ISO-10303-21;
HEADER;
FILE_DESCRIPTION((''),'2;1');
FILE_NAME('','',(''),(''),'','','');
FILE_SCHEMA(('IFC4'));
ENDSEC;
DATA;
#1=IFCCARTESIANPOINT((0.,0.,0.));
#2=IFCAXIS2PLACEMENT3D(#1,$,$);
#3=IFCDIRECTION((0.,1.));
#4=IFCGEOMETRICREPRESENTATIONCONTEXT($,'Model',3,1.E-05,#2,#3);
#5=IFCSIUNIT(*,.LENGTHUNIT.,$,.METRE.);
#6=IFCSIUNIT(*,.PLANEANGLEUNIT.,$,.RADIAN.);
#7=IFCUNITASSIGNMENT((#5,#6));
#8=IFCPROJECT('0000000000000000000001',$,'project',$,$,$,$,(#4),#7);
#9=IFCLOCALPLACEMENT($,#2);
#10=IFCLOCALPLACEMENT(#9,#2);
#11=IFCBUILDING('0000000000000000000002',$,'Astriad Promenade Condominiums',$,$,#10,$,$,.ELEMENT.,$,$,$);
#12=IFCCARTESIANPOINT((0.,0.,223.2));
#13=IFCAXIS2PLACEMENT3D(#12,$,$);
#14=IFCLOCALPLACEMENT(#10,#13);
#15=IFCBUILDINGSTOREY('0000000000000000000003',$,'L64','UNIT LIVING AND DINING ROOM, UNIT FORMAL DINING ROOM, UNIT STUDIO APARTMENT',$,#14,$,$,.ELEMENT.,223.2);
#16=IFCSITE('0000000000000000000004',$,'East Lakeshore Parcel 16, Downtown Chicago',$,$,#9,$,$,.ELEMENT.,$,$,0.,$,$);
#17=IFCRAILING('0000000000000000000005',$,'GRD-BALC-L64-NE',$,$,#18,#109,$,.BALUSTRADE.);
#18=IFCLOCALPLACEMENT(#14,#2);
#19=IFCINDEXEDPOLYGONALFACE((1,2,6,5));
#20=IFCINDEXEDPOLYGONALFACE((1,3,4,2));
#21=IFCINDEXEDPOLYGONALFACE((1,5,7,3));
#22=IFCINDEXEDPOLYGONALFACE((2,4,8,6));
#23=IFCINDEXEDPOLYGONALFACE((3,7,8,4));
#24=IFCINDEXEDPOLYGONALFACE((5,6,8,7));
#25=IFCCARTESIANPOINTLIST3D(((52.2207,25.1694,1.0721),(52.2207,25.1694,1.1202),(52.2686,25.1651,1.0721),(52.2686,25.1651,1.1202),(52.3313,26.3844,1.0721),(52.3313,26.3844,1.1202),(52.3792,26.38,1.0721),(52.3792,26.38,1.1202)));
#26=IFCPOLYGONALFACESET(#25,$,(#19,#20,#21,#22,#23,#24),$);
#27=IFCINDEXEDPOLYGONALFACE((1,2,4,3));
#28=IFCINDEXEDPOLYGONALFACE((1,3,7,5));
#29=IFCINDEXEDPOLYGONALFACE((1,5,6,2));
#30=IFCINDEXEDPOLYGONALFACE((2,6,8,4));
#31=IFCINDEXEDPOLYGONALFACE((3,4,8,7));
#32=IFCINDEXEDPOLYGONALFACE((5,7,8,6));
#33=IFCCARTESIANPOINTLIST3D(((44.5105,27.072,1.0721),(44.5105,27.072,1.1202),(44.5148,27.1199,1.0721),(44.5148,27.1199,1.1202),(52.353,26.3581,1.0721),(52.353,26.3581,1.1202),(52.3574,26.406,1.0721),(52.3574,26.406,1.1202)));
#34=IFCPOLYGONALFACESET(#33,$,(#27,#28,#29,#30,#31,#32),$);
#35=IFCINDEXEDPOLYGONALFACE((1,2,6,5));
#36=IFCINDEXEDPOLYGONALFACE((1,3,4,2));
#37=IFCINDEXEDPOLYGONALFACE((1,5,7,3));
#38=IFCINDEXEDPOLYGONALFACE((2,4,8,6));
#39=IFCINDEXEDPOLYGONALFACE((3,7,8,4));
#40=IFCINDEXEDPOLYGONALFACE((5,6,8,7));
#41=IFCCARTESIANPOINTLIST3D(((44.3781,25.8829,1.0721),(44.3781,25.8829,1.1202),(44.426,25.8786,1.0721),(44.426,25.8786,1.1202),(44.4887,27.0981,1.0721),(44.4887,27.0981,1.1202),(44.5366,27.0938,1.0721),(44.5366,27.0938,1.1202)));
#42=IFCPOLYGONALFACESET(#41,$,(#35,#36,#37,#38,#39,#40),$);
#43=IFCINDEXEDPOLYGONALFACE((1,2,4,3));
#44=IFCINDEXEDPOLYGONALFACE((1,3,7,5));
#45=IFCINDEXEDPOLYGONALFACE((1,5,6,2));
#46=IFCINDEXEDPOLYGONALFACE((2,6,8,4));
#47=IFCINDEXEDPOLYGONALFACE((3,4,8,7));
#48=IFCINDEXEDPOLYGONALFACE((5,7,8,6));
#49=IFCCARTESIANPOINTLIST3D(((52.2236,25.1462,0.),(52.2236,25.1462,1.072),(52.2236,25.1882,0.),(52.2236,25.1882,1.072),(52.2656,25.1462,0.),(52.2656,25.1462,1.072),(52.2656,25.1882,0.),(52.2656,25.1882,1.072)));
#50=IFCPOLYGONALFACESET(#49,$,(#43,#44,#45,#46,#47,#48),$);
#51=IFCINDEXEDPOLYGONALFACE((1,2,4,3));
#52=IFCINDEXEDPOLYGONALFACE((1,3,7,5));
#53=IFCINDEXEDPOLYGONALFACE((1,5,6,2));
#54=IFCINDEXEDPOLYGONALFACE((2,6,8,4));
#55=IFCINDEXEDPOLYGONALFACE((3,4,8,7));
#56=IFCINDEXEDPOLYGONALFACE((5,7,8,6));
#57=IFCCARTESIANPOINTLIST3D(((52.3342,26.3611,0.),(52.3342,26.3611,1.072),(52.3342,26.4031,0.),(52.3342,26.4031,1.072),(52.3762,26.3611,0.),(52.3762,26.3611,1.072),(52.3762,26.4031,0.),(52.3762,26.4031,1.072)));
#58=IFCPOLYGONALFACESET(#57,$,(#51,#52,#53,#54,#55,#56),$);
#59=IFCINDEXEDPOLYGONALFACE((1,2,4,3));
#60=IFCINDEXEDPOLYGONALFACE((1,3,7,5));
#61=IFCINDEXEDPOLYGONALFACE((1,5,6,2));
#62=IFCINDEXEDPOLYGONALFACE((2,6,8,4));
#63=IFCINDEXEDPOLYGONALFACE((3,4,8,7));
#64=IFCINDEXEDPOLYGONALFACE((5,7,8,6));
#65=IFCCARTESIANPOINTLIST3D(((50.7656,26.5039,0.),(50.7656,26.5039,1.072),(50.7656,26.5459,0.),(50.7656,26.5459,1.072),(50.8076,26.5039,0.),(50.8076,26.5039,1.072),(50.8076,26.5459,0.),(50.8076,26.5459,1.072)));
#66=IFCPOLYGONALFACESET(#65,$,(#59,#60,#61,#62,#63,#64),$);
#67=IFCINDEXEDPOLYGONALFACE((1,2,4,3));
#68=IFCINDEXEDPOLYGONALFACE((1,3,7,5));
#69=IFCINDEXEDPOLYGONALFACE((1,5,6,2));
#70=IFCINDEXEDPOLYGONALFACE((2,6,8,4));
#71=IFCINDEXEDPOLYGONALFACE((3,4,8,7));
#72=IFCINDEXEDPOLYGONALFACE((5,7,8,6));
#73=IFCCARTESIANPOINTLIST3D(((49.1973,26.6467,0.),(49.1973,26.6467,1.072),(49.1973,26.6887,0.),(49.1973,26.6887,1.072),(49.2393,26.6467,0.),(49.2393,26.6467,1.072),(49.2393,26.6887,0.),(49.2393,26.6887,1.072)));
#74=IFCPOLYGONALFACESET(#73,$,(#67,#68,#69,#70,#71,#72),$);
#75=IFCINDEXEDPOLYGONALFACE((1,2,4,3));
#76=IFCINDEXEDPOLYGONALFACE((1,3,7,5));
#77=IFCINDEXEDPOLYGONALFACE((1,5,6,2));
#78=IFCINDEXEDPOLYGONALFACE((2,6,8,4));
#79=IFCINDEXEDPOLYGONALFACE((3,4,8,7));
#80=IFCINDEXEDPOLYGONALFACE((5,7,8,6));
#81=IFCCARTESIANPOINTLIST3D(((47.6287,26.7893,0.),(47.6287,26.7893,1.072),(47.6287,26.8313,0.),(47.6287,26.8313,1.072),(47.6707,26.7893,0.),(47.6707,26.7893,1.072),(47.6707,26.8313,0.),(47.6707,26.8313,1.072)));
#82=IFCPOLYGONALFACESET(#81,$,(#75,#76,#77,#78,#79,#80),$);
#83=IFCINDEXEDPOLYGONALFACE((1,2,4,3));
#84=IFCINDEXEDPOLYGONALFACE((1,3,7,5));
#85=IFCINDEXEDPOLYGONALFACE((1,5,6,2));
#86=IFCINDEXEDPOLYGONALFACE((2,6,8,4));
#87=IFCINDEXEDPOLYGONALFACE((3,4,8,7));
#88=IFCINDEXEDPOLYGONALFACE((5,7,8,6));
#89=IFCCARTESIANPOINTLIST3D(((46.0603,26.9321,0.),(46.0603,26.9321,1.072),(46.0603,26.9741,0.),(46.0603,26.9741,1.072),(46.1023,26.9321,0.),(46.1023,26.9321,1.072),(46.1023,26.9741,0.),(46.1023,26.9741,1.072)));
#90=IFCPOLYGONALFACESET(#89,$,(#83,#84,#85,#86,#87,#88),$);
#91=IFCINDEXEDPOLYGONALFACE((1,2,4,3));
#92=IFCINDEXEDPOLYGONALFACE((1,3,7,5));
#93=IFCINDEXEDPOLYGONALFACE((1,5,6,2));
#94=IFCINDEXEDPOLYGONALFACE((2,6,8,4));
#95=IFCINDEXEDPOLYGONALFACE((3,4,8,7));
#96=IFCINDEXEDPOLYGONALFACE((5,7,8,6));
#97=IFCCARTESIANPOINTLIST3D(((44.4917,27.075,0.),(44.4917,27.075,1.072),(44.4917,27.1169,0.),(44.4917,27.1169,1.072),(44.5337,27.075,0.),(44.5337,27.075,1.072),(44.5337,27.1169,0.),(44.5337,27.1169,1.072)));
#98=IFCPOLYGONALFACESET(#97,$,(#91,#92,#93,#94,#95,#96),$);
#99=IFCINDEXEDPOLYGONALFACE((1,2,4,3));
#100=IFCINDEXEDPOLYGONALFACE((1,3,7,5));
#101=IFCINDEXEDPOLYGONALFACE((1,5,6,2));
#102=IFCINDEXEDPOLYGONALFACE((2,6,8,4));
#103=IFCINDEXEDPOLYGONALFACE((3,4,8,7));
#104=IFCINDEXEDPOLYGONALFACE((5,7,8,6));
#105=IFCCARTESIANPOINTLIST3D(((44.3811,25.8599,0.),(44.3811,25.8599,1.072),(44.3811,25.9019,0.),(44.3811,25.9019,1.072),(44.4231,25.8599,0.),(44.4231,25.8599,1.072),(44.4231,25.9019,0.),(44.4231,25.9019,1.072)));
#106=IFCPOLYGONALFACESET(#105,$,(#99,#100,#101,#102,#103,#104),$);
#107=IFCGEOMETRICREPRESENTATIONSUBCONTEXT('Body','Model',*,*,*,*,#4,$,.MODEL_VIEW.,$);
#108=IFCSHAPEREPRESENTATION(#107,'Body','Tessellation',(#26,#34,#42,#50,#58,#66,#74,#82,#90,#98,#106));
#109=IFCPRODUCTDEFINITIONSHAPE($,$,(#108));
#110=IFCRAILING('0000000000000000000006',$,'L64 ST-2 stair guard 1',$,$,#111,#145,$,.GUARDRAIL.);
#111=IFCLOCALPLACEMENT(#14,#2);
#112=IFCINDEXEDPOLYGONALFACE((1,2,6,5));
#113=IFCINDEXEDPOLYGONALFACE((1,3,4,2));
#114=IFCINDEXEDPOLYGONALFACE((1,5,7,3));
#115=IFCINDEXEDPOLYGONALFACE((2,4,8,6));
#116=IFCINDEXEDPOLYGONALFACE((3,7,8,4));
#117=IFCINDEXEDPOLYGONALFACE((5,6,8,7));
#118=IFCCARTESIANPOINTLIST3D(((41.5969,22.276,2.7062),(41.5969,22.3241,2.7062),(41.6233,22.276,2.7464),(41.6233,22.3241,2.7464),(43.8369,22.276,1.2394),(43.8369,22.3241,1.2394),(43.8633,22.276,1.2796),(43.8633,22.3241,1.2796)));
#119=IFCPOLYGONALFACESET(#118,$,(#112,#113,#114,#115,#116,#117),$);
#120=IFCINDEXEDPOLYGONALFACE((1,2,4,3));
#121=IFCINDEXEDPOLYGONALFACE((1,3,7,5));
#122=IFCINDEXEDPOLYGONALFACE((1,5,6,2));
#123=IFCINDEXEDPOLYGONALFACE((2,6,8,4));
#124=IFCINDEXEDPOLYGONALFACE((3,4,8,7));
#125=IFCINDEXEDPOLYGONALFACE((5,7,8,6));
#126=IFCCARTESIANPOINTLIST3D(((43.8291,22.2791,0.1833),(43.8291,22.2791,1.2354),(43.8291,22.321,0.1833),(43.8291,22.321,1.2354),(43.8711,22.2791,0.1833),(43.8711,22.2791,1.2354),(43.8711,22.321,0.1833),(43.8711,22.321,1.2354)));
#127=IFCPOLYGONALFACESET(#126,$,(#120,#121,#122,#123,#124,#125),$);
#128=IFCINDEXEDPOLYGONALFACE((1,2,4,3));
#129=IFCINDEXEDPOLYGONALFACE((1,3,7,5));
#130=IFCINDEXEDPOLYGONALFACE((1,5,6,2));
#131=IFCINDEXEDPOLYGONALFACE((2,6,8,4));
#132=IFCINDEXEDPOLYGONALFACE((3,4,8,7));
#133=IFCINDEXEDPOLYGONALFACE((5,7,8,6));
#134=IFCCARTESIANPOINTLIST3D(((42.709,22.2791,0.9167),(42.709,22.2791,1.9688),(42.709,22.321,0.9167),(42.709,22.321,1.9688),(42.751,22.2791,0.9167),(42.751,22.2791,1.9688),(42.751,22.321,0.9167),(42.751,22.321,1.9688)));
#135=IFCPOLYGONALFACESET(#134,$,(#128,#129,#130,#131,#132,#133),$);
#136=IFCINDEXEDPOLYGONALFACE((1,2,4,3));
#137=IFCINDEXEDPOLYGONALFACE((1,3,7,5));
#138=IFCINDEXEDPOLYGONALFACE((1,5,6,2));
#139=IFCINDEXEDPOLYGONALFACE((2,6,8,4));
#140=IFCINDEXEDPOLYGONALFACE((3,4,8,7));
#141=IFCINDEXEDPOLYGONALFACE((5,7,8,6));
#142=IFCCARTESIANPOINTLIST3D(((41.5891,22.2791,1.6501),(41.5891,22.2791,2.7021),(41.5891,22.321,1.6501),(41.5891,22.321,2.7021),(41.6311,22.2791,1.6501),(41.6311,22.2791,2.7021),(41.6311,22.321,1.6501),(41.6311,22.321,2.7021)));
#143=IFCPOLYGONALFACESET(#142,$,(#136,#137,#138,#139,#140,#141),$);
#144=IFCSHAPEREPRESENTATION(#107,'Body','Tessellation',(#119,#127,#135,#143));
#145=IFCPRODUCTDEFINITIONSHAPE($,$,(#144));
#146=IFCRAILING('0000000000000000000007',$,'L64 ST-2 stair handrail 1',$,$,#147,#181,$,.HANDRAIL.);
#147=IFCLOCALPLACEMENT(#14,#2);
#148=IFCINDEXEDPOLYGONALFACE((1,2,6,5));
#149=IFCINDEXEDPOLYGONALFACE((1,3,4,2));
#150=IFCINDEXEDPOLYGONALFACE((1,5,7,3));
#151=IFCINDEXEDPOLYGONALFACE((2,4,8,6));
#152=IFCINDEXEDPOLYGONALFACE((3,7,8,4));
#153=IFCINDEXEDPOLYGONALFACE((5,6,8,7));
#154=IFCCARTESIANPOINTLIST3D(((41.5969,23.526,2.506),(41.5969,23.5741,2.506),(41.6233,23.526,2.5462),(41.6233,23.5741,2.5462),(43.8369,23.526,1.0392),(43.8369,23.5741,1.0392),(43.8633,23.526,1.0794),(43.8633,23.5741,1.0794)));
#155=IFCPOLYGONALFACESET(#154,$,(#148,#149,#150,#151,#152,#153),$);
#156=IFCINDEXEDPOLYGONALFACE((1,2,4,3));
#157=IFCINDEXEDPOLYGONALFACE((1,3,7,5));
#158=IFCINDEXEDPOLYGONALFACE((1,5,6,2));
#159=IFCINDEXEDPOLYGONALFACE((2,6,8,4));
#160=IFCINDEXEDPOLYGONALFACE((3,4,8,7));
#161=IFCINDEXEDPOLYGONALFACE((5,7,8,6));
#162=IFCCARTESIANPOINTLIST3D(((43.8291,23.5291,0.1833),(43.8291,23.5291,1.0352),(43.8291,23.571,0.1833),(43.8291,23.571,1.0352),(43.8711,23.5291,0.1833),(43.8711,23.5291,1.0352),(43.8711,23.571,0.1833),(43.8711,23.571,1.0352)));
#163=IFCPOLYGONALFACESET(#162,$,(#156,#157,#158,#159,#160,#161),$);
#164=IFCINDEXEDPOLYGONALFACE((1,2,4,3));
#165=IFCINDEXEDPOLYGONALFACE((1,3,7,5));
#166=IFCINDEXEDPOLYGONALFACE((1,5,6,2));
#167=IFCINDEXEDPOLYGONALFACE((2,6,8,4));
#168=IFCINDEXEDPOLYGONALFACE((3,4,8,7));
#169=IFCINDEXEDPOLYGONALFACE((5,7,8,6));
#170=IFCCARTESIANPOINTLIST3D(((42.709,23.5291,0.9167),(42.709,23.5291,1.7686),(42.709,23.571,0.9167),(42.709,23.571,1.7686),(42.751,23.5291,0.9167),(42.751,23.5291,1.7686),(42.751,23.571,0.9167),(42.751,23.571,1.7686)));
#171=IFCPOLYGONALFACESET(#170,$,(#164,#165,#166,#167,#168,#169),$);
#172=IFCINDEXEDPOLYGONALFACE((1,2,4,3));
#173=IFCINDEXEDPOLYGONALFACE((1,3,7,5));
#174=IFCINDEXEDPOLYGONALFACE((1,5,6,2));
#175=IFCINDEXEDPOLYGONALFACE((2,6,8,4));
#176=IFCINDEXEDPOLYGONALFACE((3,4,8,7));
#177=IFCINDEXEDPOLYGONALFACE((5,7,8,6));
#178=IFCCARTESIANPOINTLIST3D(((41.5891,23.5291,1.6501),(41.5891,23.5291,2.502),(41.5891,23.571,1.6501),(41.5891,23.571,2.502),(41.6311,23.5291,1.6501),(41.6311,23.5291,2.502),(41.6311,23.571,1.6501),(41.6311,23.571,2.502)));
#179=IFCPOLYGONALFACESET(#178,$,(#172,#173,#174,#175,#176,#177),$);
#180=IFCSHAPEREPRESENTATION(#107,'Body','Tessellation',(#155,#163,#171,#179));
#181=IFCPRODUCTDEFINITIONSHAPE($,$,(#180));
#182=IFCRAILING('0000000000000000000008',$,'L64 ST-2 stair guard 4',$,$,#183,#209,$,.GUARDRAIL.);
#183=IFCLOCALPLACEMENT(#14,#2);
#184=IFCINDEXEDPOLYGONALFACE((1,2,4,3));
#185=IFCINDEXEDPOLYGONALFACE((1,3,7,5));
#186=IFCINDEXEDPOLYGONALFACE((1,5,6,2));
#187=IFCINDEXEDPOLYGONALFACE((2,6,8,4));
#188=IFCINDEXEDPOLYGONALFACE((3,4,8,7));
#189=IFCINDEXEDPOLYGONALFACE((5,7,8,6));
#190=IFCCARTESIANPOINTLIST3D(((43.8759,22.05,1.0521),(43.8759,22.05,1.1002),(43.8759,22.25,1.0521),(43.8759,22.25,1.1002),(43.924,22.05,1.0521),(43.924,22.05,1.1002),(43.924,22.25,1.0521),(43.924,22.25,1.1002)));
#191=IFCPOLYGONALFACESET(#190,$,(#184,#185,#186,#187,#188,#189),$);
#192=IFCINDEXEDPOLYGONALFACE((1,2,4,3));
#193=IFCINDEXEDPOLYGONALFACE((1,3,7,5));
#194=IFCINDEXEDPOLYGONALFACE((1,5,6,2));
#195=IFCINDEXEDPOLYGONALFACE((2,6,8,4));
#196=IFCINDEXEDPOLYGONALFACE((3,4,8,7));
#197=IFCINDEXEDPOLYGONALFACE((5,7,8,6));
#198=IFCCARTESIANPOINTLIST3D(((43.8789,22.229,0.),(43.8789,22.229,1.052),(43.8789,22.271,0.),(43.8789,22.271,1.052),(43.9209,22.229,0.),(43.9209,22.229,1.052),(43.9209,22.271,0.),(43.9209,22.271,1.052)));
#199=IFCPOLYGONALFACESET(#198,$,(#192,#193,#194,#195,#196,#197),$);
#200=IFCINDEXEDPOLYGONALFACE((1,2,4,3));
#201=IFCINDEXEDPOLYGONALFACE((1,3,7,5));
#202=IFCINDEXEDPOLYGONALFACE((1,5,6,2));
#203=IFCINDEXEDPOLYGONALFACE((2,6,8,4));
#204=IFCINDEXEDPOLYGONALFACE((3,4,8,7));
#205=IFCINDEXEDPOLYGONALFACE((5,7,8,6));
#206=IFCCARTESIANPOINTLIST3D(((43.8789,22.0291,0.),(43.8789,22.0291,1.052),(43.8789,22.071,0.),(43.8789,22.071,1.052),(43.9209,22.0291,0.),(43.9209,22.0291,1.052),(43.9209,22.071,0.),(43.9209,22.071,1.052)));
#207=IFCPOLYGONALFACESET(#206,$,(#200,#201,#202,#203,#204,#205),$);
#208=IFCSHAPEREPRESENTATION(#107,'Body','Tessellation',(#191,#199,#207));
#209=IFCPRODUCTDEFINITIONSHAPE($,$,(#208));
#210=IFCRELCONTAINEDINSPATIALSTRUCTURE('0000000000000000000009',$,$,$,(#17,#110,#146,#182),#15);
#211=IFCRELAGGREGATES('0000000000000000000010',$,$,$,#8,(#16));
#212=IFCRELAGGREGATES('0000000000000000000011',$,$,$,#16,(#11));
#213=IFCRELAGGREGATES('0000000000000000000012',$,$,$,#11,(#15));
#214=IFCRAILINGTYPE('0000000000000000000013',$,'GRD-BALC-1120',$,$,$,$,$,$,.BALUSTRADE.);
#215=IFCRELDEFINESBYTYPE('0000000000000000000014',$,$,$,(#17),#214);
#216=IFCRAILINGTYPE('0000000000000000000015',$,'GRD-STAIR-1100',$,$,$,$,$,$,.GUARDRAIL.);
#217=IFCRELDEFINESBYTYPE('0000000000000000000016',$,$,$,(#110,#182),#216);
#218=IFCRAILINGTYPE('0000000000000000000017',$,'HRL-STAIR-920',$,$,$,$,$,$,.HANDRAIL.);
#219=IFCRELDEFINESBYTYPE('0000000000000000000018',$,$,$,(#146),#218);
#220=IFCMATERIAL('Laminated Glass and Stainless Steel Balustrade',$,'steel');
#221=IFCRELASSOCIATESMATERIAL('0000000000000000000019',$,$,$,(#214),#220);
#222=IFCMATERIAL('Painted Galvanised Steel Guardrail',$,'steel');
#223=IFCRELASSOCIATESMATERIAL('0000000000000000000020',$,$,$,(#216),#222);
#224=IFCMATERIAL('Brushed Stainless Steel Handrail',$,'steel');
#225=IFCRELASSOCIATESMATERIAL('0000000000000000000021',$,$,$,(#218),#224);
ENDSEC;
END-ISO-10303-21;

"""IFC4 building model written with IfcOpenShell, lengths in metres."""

from ifc_helpers import new_model, si_unit, direction, frame, origin, origin_2d, place, context, subcontext, project, spatial, rectangle, extrude, source, transform, mapped, material, type_object, type_shapes, element, save


model = new_model("IFC4")

# Units and contexts
model_context = context("Model", 3, precision=1e-05, world=origin(), true_north=direction((0.0, 1.0)))
body_context = subcontext(model_context, "Body", "Model", "MODEL_VIEW")
ifc_project = project(units=[si_unit("LENGTHUNIT", "METRE"), si_unit("PLANEANGLEUNIT", "RADIAN")], contexts=[model_context])

# Site, building, storey
site_placement = place(None, origin())
site = spatial("IfcSite", under=ifc_project, at=site_placement, Name="East Lakeshore Parcel 16, Downtown Chicago", CompositionType="ELEMENT", RefElevation=0.0)
building_placement = place(site_placement, origin())
building = spatial("IfcBuilding", under=site, at=building_placement, Name="Astriad Promenade Condominiums", CompositionType="ELEMENT")
storey_placement = place(building_placement, frame((0.0, 0.0, 223.2)))
storey = spatial("IfcBuildingStorey", under=building, at=storey_placement, Name="L64", Description="UNIT LIVING AND DINING ROOM, UNIT FORMAL DINING ROOM, UNIT STUDIO APARTMENT", CompositionType="ELEMENT", Elevation=223.2)

# Railings
ifc_material_1 = material(Name="Laminated Glass and Stainless Steel Balustrade", Category="steel")
railing_type_1 = type_object("IfcRailingType", Name="GRD-BALC-1120", PredefinedType="BALUSTRADE", material=ifc_material_1)
shared_shape_1 = source(origin(), body_context, "Body", "SweptSolid", [
    extrude(rectangle(XDim=0.0481, YDim=0.0481, at=origin_2d()), frame((0.0, 0.0, 1.0962), z_axis=(0.090662, 0.995882, 0.0), x_axis=(-0.995882, 0.090662, 0.0)), (0.0, 0.0, 1.0), 1.22),
    extrude(rectangle(XDim=0.0481, YDim=0.0481, at=origin_2d()), frame((0.1106, 1.2148, 1.0962), z_axis=(-0.995883, 0.09065, 0.0), x_axis=(-0.09065, -0.995883, 0.0)), (0.0, 0.0, 1.0), 7.875),
    extrude(rectangle(XDim=0.0481, YDim=0.0481, at=origin_2d()), frame((-7.7319, 1.9287, 1.0962), z_axis=(-0.090644, -0.995883, 0.0), x_axis=(0.995883, -0.090644, 0.0)), (0.0, 0.0, 1.0), 1.2202),
    extrude(rectangle(XDim=0.042, YDim=0.042, at=origin_2d()), origin(), (0.0, 0.0, 1.0), 1.072),
    extrude(rectangle(XDim=0.042, YDim=0.042, at=origin_2d()), frame((0.1106, 1.2148, 0.0)), (0.0, 0.0, 1.0), 1.072),
    extrude(rectangle(XDim=0.042, YDim=0.042, at=origin_2d()), frame((-1.458, 1.3577, 0.0)), (0.0, 0.0, 1.0), 1.072),
    extrude(rectangle(XDim=0.042, YDim=0.042, at=origin_2d()), frame((-3.0264, 1.5005, 0.0)), (0.0, 0.0, 1.0), 1.072),
    extrude(rectangle(XDim=0.042, YDim=0.042, at=origin_2d()), frame((-4.595, 1.6431, 0.0)), (0.0, 0.0, 1.0), 1.072),
    extrude(rectangle(XDim=0.042, YDim=0.042, at=origin_2d()), frame((-6.1633, 1.7859, 0.0)), (0.0, 0.0, 1.0), 1.072),
    extrude(rectangle(XDim=0.042, YDim=0.042, at=origin_2d()), frame((-7.7319, 1.9287, 0.0)), (0.0, 0.0, 1.0), 1.072),
    extrude(rectangle(XDim=0.042, YDim=0.042, at=origin_2d()), frame((-7.8425, 0.7136, 0.0)), (0.0, 0.0, 1.0), 1.072),
])
type_shapes(railing_type_1, [shared_shape_1])
railing_1_placement = place(storey_placement, frame((52.2446, 25.1672, 0.0)))
element("IfcRailing", 1, at=railing_1_placement, inside=storey, type_object=railing_type_1, Name="GRD-BALC-L64-NE", PredefinedType="BALUSTRADE", context=body_context, shape_type="MappedRepresentation", body=[
    mapped(shared_shape_1, transform((0.0, 0.0, 0.0), scale=1.0)),
])
ifc_material_2 = material(Name="Painted Galvanised Steel Guardrail", Category="steel")
railing_type_2 = type_object("IfcRailingType", Name="GRD-STAIR-1100", PredefinedType="GUARDRAIL", material=ifc_material_2)
shared_shape_2 = source(origin(), body_context, "Body", "SweptSolid", [
    extrude(rectangle(XDim=0.0481, YDim=0.0481, at=origin_2d()), frame((0.0, 0.0, 1.0762), z_axis=(-0.836595, 0.0, 0.547822), x_axis=(0.0, -1.0, 0.0)), (0.0, 0.0, 1.0), 2.6775),
    extrude(rectangle(XDim=0.042, YDim=0.042, at=origin_2d()), origin(), (0.0, 0.0, 1.0), 1.052),
    extrude(rectangle(XDim=0.042, YDim=0.042, at=origin_2d()), frame((-1.1201, 0.0, 0.7334)), (0.0, 0.0, 1.0), 1.052),
    extrude(rectangle(XDim=0.042, YDim=0.042, at=origin_2d()), frame((-2.24, 0.0, 1.4668)), (0.0, 0.0, 1.0), 1.052),
])
railing_2_placement = place(storey_placement, frame((43.8501, 22.3, 0.1833)))
element("IfcRailing", 2, at=railing_2_placement, inside=storey, type_object=railing_type_2, Name="L64 ST-2 stair guard 1", PredefinedType="GUARDRAIL", context=body_context, shape_type="MappedRepresentation", body=[
    mapped(shared_shape_2, transform((0.0, 0.0, 0.0), scale=1.0)),
])
ifc_material_3 = material(Name="Brushed Stainless Steel Handrail", Category="steel")
railing_type_3 = type_object("IfcRailingType", Name="HRL-STAIR-920", PredefinedType="HANDRAIL", material=ifc_material_3)
shared_shape_3 = source(origin(), body_context, "Body", "SweptSolid", [
    extrude(rectangle(XDim=0.0481, YDim=0.0481, at=origin_2d()), frame((0.0, 0.0, 0.876), z_axis=(-0.836595, 0.0, 0.547822), x_axis=(0.0, -1.0, 0.0)), (0.0, 0.0, 1.0), 2.6775),
    extrude(rectangle(XDim=0.042, YDim=0.042, at=origin_2d()), origin(), (0.0, 0.0, 1.0), 0.8518),
    extrude(rectangle(XDim=0.042, YDim=0.042, at=origin_2d()), frame((-1.1201, 0.0, 0.7334)), (0.0, 0.0, 1.0), 0.8518),
    extrude(rectangle(XDim=0.042, YDim=0.042, at=origin_2d()), frame((-2.24, 0.0, 1.4668)), (0.0, 0.0, 1.0), 0.8518),
])
type_shapes(railing_type_3, [shared_shape_3])
railing_3_placement = place(storey_placement, frame((43.8501, 23.55, 0.1833)))
element("IfcRailing", 3, at=railing_3_placement, inside=storey, type_object=railing_type_3, Name="L64 ST-2 stair handrail 1", PredefinedType="HANDRAIL", context=body_context, shape_type="MappedRepresentation", body=[
    mapped(shared_shape_3, transform((0.0, 0.0, 0.0), scale=1.0)),
])
shared_shape_4 = source(origin(), body_context, "Body", "SweptSolid", [
    extrude(rectangle(XDim=0.0481, YDim=0.0481, at=origin_2d()), frame((0.0, 0.0, 1.0762), z_axis=(0.0, -1.0, 0.0), x_axis=(1.0, 0.0, 0.0)), (0.0, 0.0, 1.0), 0.2),
    extrude(rectangle(XDim=0.042, YDim=0.042, at=origin_2d()), origin(), (0.0, 0.0, 1.0), 1.052),
    extrude(rectangle(XDim=0.042, YDim=0.042, at=origin_2d()), frame((0.0, -0.2, 0.0)), (0.0, 0.0, 1.0), 1.052),
])
type_shapes(railing_type_2, [shared_shape_2, shared_shape_4])
railing_4_placement = place(storey_placement, frame((43.8999, 22.25, 0.0)))
element("IfcRailing", 4, at=railing_4_placement, inside=storey, type_object=railing_type_2, Name="L64 ST-2 stair guard 4", PredefinedType="GUARDRAIL", context=body_context, shape_type="MappedRepresentation", body=[
    mapped(shared_shape_4, transform((0.0, 0.0, 0.0), scale=1.0)),
])

save(model, "model.ifc")
